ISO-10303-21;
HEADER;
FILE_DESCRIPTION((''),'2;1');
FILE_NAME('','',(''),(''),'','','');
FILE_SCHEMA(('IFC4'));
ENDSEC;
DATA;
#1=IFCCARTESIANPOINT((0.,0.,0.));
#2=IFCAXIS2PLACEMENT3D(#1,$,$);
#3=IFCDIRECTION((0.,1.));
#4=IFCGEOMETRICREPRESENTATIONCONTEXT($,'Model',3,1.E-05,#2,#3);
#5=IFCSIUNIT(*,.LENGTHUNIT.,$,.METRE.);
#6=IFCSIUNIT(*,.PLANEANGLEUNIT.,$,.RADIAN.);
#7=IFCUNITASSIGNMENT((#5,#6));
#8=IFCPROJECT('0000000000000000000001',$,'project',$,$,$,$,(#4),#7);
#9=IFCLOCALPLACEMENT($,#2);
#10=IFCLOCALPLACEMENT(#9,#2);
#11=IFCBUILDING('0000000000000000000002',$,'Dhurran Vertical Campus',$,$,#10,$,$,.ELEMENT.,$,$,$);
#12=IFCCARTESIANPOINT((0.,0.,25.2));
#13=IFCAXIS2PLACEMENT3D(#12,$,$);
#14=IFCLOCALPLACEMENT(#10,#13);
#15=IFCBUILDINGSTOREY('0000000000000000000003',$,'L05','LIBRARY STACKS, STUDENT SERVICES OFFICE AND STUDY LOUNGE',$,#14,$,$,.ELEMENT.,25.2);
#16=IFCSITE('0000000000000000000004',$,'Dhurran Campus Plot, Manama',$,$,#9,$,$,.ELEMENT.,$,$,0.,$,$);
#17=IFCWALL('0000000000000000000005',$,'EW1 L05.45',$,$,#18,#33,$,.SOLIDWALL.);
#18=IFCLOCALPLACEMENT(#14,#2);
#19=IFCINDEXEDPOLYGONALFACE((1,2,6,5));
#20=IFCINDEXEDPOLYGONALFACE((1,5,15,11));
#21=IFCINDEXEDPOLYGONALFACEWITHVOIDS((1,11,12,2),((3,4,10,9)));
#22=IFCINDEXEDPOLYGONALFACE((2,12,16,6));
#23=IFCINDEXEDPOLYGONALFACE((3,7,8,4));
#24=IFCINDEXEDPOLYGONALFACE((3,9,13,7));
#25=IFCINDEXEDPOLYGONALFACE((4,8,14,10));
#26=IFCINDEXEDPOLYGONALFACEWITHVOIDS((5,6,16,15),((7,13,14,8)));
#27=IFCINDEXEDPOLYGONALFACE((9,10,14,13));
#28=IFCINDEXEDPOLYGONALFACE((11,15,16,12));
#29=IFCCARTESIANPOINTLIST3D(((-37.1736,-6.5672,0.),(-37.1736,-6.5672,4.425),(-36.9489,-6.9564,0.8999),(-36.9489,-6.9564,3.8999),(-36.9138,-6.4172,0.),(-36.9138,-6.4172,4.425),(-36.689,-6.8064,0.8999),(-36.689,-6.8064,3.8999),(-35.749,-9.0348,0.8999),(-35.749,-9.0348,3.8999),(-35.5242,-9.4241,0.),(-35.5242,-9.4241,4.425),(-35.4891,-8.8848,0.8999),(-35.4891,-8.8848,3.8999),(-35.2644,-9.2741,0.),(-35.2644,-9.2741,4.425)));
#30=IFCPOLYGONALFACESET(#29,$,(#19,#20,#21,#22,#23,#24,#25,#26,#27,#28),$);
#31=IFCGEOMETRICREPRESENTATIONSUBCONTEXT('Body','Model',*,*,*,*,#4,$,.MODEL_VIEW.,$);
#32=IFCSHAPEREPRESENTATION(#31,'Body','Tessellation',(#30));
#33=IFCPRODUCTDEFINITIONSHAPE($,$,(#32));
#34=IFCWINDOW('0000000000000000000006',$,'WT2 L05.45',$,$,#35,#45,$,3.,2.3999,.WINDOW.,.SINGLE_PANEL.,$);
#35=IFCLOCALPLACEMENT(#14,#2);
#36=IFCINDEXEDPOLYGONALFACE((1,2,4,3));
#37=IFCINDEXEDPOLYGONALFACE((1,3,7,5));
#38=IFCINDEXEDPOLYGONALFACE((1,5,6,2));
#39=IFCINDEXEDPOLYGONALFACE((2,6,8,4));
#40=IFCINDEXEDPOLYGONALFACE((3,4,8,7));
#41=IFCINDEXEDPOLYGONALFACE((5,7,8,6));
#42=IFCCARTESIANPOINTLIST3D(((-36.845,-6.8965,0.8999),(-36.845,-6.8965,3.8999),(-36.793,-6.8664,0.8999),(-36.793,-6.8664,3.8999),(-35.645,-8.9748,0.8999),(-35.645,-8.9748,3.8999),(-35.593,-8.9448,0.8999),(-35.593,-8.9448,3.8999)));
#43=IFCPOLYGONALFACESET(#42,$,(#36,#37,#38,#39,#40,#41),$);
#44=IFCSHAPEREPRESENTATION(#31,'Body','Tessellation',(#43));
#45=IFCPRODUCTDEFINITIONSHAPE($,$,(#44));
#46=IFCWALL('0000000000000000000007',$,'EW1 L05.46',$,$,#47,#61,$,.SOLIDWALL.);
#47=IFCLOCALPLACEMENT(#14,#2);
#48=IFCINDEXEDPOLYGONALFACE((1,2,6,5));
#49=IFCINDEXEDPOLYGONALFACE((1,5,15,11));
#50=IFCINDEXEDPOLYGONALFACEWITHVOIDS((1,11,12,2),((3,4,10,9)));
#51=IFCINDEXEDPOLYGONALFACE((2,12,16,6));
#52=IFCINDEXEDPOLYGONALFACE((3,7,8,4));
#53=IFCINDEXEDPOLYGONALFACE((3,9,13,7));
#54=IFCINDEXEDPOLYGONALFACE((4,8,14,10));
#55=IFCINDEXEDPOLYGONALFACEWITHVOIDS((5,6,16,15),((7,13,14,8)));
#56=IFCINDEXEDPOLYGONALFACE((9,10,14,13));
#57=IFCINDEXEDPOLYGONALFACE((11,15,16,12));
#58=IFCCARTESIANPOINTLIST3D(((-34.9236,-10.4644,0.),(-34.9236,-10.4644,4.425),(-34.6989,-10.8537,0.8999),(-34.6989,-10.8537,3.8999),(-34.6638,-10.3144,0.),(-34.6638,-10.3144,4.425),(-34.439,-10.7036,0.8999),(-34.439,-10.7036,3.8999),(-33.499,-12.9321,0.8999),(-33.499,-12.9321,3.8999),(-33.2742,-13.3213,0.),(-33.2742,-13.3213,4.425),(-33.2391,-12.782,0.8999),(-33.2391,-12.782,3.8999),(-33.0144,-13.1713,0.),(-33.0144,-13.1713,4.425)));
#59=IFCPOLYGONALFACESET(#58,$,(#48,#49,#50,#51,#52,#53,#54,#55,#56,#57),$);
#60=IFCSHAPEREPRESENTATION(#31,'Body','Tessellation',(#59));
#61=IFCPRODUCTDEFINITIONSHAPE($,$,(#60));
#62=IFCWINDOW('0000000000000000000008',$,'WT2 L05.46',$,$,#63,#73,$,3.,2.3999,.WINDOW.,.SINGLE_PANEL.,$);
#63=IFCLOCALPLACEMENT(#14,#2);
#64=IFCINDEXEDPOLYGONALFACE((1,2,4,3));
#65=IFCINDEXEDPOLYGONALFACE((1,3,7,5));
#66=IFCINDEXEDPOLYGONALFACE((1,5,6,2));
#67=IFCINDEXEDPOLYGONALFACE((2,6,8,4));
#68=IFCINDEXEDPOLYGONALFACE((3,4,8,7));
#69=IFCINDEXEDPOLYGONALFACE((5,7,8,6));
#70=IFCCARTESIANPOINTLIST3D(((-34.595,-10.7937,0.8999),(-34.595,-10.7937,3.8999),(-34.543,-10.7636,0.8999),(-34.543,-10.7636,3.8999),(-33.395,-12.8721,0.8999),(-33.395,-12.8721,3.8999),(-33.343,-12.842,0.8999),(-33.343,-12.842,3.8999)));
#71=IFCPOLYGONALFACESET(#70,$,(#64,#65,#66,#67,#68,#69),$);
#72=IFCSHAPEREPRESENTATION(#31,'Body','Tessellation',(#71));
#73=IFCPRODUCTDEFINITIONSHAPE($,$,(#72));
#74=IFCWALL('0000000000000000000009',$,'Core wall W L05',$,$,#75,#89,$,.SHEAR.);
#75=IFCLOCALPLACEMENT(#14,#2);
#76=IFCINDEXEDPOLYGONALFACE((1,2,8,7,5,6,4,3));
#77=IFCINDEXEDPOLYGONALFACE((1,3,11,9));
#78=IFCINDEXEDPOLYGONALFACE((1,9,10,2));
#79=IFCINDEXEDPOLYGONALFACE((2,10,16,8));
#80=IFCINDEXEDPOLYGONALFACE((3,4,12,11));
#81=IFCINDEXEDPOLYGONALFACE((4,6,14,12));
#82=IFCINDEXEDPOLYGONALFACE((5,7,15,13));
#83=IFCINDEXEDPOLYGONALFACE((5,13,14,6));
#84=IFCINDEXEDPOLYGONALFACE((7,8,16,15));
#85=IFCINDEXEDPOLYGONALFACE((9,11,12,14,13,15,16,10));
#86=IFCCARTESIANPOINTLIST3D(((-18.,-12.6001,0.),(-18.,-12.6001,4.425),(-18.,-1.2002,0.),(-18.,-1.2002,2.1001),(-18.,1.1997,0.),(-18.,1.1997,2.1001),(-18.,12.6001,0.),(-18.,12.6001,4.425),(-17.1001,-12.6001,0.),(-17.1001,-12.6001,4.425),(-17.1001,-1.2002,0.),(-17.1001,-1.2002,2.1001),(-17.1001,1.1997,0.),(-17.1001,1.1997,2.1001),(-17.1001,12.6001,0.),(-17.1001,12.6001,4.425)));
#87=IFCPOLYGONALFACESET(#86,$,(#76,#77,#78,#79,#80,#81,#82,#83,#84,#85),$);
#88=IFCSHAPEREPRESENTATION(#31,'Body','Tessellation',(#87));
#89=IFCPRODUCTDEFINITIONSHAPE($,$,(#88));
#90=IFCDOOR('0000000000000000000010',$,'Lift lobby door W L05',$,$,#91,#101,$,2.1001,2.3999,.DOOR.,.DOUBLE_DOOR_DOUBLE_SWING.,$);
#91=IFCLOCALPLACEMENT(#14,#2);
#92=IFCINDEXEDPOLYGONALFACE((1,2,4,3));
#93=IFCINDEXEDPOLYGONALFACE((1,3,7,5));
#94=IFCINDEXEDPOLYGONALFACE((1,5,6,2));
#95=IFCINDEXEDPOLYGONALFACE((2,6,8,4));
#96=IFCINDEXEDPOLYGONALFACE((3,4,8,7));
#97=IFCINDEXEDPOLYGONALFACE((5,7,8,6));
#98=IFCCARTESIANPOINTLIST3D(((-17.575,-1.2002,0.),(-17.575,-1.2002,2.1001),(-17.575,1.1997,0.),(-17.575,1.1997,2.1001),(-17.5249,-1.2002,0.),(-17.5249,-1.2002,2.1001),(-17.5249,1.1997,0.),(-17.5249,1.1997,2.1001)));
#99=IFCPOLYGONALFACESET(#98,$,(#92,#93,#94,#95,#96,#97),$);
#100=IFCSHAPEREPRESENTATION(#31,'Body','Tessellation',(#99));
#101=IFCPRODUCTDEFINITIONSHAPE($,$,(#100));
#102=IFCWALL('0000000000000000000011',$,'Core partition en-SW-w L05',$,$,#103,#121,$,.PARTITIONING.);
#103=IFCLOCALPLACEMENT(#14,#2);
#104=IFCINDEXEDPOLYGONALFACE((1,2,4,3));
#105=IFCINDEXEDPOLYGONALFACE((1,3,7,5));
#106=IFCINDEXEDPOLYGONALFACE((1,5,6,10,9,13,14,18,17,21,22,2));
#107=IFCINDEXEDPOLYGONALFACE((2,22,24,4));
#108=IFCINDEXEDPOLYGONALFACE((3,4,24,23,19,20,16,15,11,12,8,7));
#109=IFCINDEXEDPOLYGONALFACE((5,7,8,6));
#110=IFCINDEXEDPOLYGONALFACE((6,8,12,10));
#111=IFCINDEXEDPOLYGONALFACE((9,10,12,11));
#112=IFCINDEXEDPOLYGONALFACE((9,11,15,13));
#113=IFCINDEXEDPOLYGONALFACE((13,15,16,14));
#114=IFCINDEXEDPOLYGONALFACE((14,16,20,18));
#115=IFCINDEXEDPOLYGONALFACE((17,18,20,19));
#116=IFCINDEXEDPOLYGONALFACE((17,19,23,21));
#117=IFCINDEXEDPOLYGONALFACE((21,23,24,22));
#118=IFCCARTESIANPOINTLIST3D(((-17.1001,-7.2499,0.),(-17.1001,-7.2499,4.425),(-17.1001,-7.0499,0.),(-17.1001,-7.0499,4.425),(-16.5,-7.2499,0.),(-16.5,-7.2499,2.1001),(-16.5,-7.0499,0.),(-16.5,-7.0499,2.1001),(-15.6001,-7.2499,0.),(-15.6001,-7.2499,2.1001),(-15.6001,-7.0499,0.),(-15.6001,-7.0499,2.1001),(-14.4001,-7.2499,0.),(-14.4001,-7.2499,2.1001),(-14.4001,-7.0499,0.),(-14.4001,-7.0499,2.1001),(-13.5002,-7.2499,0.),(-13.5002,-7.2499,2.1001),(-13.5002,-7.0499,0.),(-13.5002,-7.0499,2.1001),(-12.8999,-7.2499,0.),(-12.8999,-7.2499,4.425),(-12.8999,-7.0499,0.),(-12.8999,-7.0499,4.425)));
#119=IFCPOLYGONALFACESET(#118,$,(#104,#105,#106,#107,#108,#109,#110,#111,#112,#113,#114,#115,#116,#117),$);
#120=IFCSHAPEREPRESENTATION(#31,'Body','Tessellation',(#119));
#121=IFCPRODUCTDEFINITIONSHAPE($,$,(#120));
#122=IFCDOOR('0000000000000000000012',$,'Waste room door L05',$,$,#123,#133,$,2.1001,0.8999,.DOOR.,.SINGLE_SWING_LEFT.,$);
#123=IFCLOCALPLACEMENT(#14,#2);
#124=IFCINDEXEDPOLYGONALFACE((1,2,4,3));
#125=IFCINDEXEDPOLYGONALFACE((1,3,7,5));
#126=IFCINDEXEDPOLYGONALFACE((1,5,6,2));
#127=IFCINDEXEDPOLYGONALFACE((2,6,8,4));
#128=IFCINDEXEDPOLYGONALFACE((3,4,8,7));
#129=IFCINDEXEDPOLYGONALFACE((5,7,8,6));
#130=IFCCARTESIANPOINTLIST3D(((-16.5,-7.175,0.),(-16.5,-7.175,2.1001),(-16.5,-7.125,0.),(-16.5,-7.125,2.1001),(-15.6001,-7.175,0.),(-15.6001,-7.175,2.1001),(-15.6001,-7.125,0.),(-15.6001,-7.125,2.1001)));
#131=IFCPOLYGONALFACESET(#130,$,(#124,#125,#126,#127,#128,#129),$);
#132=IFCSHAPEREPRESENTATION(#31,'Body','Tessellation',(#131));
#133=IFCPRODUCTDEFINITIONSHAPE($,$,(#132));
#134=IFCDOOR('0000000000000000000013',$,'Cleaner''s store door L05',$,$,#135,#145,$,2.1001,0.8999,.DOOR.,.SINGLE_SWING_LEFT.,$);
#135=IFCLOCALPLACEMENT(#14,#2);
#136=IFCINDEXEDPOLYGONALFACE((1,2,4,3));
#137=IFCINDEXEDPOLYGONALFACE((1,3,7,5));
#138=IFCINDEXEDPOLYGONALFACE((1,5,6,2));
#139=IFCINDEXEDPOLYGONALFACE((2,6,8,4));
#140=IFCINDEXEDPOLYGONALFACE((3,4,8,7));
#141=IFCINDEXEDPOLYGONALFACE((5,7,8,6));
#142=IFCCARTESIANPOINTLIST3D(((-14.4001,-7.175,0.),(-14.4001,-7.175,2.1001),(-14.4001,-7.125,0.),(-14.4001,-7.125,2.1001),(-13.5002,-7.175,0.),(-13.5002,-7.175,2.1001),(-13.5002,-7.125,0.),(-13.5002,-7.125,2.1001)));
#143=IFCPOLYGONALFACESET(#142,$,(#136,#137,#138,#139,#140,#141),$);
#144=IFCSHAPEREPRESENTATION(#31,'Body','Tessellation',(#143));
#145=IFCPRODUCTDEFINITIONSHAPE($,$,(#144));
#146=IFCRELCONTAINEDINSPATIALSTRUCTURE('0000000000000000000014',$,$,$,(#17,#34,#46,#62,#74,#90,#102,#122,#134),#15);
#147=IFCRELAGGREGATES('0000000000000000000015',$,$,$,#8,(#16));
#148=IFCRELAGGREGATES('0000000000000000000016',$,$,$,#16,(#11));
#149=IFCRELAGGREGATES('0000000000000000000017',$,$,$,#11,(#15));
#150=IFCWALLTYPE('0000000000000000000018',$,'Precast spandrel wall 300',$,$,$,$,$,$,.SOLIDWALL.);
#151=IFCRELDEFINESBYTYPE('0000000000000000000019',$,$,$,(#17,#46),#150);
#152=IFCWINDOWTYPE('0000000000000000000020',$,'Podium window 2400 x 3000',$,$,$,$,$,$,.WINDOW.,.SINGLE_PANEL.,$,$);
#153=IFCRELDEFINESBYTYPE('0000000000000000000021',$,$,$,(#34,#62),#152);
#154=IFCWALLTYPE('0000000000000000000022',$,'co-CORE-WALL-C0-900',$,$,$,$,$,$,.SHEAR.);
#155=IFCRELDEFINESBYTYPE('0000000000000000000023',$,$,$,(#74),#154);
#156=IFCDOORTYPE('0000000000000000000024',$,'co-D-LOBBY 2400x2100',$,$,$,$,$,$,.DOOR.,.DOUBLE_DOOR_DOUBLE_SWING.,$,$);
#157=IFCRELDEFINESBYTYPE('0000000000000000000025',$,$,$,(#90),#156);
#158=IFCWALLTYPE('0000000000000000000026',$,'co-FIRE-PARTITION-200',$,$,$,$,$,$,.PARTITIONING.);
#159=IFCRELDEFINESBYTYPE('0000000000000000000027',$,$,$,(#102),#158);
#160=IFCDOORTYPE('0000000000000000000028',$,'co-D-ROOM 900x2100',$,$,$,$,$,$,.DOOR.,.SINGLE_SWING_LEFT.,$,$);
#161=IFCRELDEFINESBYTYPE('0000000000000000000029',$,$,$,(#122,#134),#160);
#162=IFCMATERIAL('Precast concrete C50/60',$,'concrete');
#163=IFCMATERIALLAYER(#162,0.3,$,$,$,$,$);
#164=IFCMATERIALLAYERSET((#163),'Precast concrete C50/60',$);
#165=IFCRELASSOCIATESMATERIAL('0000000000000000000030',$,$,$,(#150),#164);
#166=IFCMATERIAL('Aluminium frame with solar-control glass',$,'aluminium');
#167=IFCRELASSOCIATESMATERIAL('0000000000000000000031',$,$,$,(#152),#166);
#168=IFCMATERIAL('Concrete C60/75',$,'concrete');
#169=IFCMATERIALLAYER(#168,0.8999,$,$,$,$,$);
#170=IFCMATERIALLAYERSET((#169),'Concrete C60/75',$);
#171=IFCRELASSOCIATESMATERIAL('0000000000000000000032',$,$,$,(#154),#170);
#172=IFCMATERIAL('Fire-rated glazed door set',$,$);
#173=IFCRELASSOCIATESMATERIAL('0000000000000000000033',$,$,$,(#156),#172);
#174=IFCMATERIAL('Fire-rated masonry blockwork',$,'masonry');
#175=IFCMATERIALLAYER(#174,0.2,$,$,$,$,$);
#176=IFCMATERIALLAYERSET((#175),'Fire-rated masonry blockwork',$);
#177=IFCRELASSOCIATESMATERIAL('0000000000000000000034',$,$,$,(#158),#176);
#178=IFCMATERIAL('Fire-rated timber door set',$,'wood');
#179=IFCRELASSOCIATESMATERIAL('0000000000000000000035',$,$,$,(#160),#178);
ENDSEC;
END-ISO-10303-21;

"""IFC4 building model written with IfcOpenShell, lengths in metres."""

from ifc_helpers import new_model, si_unit, direction, frame, frame_2d, origin, place, context, subcontext, project, spatial, rectangle, extrude, material, layer, layer_set, type_object, element, fill, save


model = new_model("IFC4")

# Units and contexts
model_context = context("Model", 3, precision=1e-05, world=origin(), true_north=direction((0.0, 1.0)))
body_context = subcontext(model_context, "Body", "Model", "MODEL_VIEW")
ifc_project = project(units=[si_unit("LENGTHUNIT", "METRE"), si_unit("PLANEANGLEUNIT", "RADIAN")], contexts=[model_context])

# Site, building, storey
site_placement = place(None, origin())
site = spatial("IfcSite", under=ifc_project, at=site_placement, Name="Dhurran Campus Plot, Manama", CompositionType="ELEMENT", RefElevation=0.0)
building_placement = place(site_placement, origin())
building = spatial("IfcBuilding", under=site, at=building_placement, Name="Dhurran Vertical Campus", CompositionType="ELEMENT")
storey_placement = place(building_placement, frame((0.0, 0.0, 25.2)))
storey = spatial("IfcBuildingStorey", under=building, at=storey_placement, Name="L05", Description="LIBRARY STACKS, STUDENT SERVICES OFFICE AND STUDY LOUNGE", CompositionType="ELEMENT", Elevation=25.2)

# Walls, openings, windows
ifc_material_1 = material(Name="Precast concrete C50/60", Category="concrete")
ifc_layer_1 = layer(ifc_material_1, 0.3)
ifc_layer_set_1 = layer_set([ifc_layer_1], Name="Precast concrete C50/60")
wall_type_1 = type_object("IfcWallType", Name="Precast spandrel wall 300", PredefinedType="SOLIDWALL", material=ifc_layer_set_1)
ifc_material_2 = material(Name="Aluminium frame with solar-control glass", Category="aluminium")
window_type = type_object("IfcWindowType", Name="Podium window 2400 x 3000", PartitioningType="SINGLE_PANEL", PredefinedType="WINDOW", material=ifc_material_2)
wall_1_placement = place(storey_placement, frame((-37.0437, -6.4922, 0.0), z_axis=(0.0, 0.0, 1.0), x_axis=(0.499992, -0.86603, 0.0)))
wall_1 = element("IfcWall", 1, at=wall_1_placement, inside=storey, type_object=wall_type_1, Name="EW1 L05.45", PredefinedType="SOLIDWALL", context=body_context, shape_type="SweptSolid", body=[
    extrude(rectangle(XDim=3.2988, YDim=0.3, at=frame_2d((1.6494, 0.0))), origin(), (0.0, 0.0, 1.0), 4.425),
])
opening_1_placement = place(wall_1_placement, frame((0.4495, 0.0, 0.8999)))
opening_1 = element("IfcOpeningElement", 2, at=opening_1_placement, cuts=wall_1, PredefinedType="OPENING", context=body_context, shape_type="SweptSolid", body=[
    extrude(rectangle(XDim=2.3999, YDim=3.0, at=frame_2d((1.2, 1.5))), frame((0.0, 0.1599, 0.0), z_axis=(0.0, -1.0, 0.0), x_axis=(1.0, 0.0, 0.0)), (0.0, 0.0, 1.0), 0.3201),
])
window_1_placement = place(opening_1_placement, origin())
window_1 = element("IfcWindow", 3, at=window_1_placement, inside=storey, type_object=window_type, Name="WT2 L05.45", OverallHeight=3.0, OverallWidth=2.3999, PartitioningType="SINGLE_PANEL", PredefinedType="WINDOW", context=body_context, shape_type="SweptSolid", body=[
    extrude(rectangle(XDim=2.3999, YDim=3.0, at=frame_2d((1.2, 1.5))), frame((0.0, 0.03, 0.0), z_axis=(0.0, -1.0, 0.0), x_axis=(1.0, 0.0, 0.0)), (0.0, 0.0, 1.0), 0.0601),
])
fill(opening_1, window_1)
wall_2_placement = place(storey_placement, frame((-34.7937, -10.3894, 0.0), z_axis=(0.0, 0.0, 1.0), x_axis=(0.499992, -0.86603, 0.0)))
wall_2 = element("IfcWall", 4, at=wall_2_placement, inside=storey, type_object=wall_type_1, Name="EW1 L05.46", PredefinedType="SOLIDWALL", context=body_context, shape_type="SweptSolid", body=[
    extrude(rectangle(XDim=3.2988, YDim=0.3, at=frame_2d((1.6494, 0.0))), origin(), (0.0, 0.0, 1.0), 4.425),
])
opening_2_placement = place(wall_2_placement, frame((0.4495, 0.0, 0.8999)))
opening_2 = element("IfcOpeningElement", 5, at=opening_2_placement, cuts=wall_2, PredefinedType="OPENING", context=body_context, shape_type="SweptSolid", body=[
    extrude(rectangle(XDim=2.3999, YDim=3.0, at=frame_2d((1.2, 1.5))), frame((0.0, 0.1599, 0.0), z_axis=(0.0, -1.0, 0.0), x_axis=(1.0, 0.0, 0.0)), (0.0, 0.0, 1.0), 0.3201),
])
window_2_placement = place(opening_2_placement, origin())
window_2 = element("IfcWindow", 6, at=window_2_placement, inside=storey, type_object=window_type, Name="WT2 L05.46", OverallHeight=3.0, OverallWidth=2.3999, PartitioningType="SINGLE_PANEL", PredefinedType="WINDOW", context=body_context, shape_type="SweptSolid", body=[
    extrude(rectangle(XDim=2.3999, YDim=3.0, at=frame_2d((1.2, 1.5))), frame((0.0, 0.03, 0.0), z_axis=(0.0, -1.0, 0.0), x_axis=(1.0, 0.0, 0.0)), (0.0, 0.0, 1.0), 0.0601),
])
fill(opening_2, window_2)

# Wall, opening, door
ifc_material_3 = material(Name="Concrete C60/75", Category="concrete")
ifc_layer_2 = layer(ifc_material_3, 0.8999)
ifc_layer_set_2 = layer_set([ifc_layer_2], Name="Concrete C60/75")
wall_type_2 = type_object("IfcWallType", Name="co-CORE-WALL-C0-900", PredefinedType="SHEAR", material=ifc_layer_set_2)
wall_3_placement = place(storey_placement, frame((-17.55, -12.6001, 0.0), z_axis=(0.0, 0.0, 1.0), x_axis=(0.0, 1.0, 0.0)))
wall_3 = element("IfcWall", 7, at=wall_3_placement, inside=storey, type_object=wall_type_2, Name="Core wall W L05", PredefinedType="SHEAR", context=body_context, shape_type="SweptSolid", body=[
    extrude(rectangle(XDim=25.2002, YDim=0.8999, at=frame_2d((12.6001, 0.0))), origin(), (0.0, 0.0, 1.0), 4.425),
])
opening_3_placement = place(wall_3_placement, frame((11.3999, 0.0, 0.0)))
opening_3 = element("IfcOpeningElement", 8, at=opening_3_placement, cuts=wall_3, PredefinedType="OPENING", context=body_context, shape_type="SweptSolid", body=[
    extrude(rectangle(XDim=2.3999, YDim=2.1001, at=frame_2d((1.2, 1.05))), frame((0.0, 0.46, 0.0), z_axis=(0.0, -1.0, 0.0), x_axis=(1.0, 0.0, 0.0)), (0.0, 0.0, 1.0), 0.9199),
])
ifc_material_4 = material(Name="Fire-rated glazed door set")
door_type_1 = type_object("IfcDoorType", Name="co-D-LOBBY 2400x2100", OperationType="DOUBLE_DOOR_DOUBLE_SWING", PredefinedType="DOOR", material=ifc_material_4)
door_1_placement = place(opening_3_placement, origin())
door_1 = element("IfcDoor", 9, at=door_1_placement, inside=storey, type_object=door_type_1, Name="Lift lobby door W L05", OperationType="DOUBLE_DOOR_DOUBLE_SWING", OverallHeight=2.1001, OverallWidth=2.3999, PredefinedType="DOOR", context=body_context, shape_type="SweptSolid", body=[
    extrude(rectangle(XDim=2.3999, YDim=2.1001, at=frame_2d((1.2, 1.05))), frame((0.0, 0.0249, 0.0), z_axis=(0.0, -1.0, 0.0), x_axis=(1.0, 0.0, 0.0)), (0.0, 0.0, 1.0), 0.05),
])
fill(opening_3, door_1)

# Wall, openings, doors
ifc_material_5 = material(Name="Fire-rated masonry blockwork", Category="masonry")
ifc_layer_3 = layer(ifc_material_5, 0.2)
ifc_layer_set_3 = layer_set([ifc_layer_3], Name="Fire-rated masonry blockwork")
wall_type_3 = type_object("IfcWallType", Name="co-FIRE-PARTITION-200", PredefinedType="PARTITIONING", material=ifc_layer_set_3)
wall_4_placement = place(storey_placement, frame((-17.1001, -7.1499, 0.0), z_axis=(0.0, 0.0, 1.0), x_axis=(1.0, 0.0, 0.0)))
wall_4 = element("IfcWall", 10, at=wall_4_placement, inside=storey, type_object=wall_type_3, Name="Core partition en-SW-w L05", PredefinedType="PARTITIONING", context=body_context, shape_type="SweptSolid", body=[
    extrude(rectangle(XDim=4.2002, YDim=0.2, at=frame_2d((2.1001, 0.0))), origin(), (0.0, 0.0, 1.0), 4.425),
])
opening_4_placement = place(wall_4_placement, frame((0.6001, 0.0, 0.0)))
opening_4 = element("IfcOpeningElement", 11, at=opening_4_placement, cuts=wall_4, PredefinedType="OPENING", context=body_context, shape_type="SweptSolid", body=[
    extrude(rectangle(XDim=0.8999, YDim=2.1001, at=frame_2d((0.45, 1.05))), frame((0.0, 0.1099, 0.0), z_axis=(0.0, -1.0, 0.0), x_axis=(1.0, 0.0, 0.0)), (0.0, 0.0, 1.0), 0.22),
])
opening_5_placement = place(wall_4_placement, frame((2.7, 0.0, 0.0)))
opening_5 = element("IfcOpeningElement", 12, at=opening_5_placement, cuts=wall_4, PredefinedType="OPENING", context=body_context, shape_type="SweptSolid", body=[
    extrude(rectangle(XDim=0.8999, YDim=2.1001, at=frame_2d((0.45, 1.05))), frame((0.0, 0.1099, 0.0), z_axis=(0.0, -1.0, 0.0), x_axis=(1.0, 0.0, 0.0)), (0.0, 0.0, 1.0), 0.22),
])
ifc_material_6 = material(Name="Fire-rated timber door set", Category="wood")
door_type_2 = type_object("IfcDoorType", Name="co-D-ROOM 900x2100", OperationType="SINGLE_SWING_LEFT", PredefinedType="DOOR", material=ifc_material_6)
door_2_placement = place(opening_4_placement, origin())
door_2 = element("IfcDoor", 13, at=door_2_placement, inside=storey, type_object=door_type_2, Name="Waste room door L05", OperationType="SINGLE_SWING_LEFT", OverallHeight=2.1001, OverallWidth=0.8999, PredefinedType="DOOR", context=body_context, shape_type="SweptSolid", body=[
    extrude(rectangle(XDim=0.8999, YDim=2.1001, at=frame_2d((0.45, 1.05))), frame((0.0, 0.0249, 0.0), z_axis=(0.0, -1.0, 0.0), x_axis=(1.0, 0.0, 0.0)), (0.0, 0.0, 1.0), 0.05),
])
fill(opening_4, door_2)
door_3_placement = place(opening_5_placement, origin())
door_3 = element("IfcDoor", 14, at=door_3_placement, inside=storey, type_object=door_type_2, Name="Cleaner's store door L05", OperationType="SINGLE_SWING_LEFT", OverallHeight=2.1001, OverallWidth=0.8999, PredefinedType="DOOR", context=body_context, shape_type="SweptSolid", body=[
    extrude(rectangle(XDim=0.8999, YDim=2.1001, at=frame_2d((0.45, 1.05))), frame((0.0, 0.0249, 0.0), z_axis=(0.0, -1.0, 0.0), x_axis=(1.0, 0.0, 0.0)), (0.0, 0.0, 1.0), 0.05),
])
fill(opening_5, door_3)

save(model, "model.ifc")
